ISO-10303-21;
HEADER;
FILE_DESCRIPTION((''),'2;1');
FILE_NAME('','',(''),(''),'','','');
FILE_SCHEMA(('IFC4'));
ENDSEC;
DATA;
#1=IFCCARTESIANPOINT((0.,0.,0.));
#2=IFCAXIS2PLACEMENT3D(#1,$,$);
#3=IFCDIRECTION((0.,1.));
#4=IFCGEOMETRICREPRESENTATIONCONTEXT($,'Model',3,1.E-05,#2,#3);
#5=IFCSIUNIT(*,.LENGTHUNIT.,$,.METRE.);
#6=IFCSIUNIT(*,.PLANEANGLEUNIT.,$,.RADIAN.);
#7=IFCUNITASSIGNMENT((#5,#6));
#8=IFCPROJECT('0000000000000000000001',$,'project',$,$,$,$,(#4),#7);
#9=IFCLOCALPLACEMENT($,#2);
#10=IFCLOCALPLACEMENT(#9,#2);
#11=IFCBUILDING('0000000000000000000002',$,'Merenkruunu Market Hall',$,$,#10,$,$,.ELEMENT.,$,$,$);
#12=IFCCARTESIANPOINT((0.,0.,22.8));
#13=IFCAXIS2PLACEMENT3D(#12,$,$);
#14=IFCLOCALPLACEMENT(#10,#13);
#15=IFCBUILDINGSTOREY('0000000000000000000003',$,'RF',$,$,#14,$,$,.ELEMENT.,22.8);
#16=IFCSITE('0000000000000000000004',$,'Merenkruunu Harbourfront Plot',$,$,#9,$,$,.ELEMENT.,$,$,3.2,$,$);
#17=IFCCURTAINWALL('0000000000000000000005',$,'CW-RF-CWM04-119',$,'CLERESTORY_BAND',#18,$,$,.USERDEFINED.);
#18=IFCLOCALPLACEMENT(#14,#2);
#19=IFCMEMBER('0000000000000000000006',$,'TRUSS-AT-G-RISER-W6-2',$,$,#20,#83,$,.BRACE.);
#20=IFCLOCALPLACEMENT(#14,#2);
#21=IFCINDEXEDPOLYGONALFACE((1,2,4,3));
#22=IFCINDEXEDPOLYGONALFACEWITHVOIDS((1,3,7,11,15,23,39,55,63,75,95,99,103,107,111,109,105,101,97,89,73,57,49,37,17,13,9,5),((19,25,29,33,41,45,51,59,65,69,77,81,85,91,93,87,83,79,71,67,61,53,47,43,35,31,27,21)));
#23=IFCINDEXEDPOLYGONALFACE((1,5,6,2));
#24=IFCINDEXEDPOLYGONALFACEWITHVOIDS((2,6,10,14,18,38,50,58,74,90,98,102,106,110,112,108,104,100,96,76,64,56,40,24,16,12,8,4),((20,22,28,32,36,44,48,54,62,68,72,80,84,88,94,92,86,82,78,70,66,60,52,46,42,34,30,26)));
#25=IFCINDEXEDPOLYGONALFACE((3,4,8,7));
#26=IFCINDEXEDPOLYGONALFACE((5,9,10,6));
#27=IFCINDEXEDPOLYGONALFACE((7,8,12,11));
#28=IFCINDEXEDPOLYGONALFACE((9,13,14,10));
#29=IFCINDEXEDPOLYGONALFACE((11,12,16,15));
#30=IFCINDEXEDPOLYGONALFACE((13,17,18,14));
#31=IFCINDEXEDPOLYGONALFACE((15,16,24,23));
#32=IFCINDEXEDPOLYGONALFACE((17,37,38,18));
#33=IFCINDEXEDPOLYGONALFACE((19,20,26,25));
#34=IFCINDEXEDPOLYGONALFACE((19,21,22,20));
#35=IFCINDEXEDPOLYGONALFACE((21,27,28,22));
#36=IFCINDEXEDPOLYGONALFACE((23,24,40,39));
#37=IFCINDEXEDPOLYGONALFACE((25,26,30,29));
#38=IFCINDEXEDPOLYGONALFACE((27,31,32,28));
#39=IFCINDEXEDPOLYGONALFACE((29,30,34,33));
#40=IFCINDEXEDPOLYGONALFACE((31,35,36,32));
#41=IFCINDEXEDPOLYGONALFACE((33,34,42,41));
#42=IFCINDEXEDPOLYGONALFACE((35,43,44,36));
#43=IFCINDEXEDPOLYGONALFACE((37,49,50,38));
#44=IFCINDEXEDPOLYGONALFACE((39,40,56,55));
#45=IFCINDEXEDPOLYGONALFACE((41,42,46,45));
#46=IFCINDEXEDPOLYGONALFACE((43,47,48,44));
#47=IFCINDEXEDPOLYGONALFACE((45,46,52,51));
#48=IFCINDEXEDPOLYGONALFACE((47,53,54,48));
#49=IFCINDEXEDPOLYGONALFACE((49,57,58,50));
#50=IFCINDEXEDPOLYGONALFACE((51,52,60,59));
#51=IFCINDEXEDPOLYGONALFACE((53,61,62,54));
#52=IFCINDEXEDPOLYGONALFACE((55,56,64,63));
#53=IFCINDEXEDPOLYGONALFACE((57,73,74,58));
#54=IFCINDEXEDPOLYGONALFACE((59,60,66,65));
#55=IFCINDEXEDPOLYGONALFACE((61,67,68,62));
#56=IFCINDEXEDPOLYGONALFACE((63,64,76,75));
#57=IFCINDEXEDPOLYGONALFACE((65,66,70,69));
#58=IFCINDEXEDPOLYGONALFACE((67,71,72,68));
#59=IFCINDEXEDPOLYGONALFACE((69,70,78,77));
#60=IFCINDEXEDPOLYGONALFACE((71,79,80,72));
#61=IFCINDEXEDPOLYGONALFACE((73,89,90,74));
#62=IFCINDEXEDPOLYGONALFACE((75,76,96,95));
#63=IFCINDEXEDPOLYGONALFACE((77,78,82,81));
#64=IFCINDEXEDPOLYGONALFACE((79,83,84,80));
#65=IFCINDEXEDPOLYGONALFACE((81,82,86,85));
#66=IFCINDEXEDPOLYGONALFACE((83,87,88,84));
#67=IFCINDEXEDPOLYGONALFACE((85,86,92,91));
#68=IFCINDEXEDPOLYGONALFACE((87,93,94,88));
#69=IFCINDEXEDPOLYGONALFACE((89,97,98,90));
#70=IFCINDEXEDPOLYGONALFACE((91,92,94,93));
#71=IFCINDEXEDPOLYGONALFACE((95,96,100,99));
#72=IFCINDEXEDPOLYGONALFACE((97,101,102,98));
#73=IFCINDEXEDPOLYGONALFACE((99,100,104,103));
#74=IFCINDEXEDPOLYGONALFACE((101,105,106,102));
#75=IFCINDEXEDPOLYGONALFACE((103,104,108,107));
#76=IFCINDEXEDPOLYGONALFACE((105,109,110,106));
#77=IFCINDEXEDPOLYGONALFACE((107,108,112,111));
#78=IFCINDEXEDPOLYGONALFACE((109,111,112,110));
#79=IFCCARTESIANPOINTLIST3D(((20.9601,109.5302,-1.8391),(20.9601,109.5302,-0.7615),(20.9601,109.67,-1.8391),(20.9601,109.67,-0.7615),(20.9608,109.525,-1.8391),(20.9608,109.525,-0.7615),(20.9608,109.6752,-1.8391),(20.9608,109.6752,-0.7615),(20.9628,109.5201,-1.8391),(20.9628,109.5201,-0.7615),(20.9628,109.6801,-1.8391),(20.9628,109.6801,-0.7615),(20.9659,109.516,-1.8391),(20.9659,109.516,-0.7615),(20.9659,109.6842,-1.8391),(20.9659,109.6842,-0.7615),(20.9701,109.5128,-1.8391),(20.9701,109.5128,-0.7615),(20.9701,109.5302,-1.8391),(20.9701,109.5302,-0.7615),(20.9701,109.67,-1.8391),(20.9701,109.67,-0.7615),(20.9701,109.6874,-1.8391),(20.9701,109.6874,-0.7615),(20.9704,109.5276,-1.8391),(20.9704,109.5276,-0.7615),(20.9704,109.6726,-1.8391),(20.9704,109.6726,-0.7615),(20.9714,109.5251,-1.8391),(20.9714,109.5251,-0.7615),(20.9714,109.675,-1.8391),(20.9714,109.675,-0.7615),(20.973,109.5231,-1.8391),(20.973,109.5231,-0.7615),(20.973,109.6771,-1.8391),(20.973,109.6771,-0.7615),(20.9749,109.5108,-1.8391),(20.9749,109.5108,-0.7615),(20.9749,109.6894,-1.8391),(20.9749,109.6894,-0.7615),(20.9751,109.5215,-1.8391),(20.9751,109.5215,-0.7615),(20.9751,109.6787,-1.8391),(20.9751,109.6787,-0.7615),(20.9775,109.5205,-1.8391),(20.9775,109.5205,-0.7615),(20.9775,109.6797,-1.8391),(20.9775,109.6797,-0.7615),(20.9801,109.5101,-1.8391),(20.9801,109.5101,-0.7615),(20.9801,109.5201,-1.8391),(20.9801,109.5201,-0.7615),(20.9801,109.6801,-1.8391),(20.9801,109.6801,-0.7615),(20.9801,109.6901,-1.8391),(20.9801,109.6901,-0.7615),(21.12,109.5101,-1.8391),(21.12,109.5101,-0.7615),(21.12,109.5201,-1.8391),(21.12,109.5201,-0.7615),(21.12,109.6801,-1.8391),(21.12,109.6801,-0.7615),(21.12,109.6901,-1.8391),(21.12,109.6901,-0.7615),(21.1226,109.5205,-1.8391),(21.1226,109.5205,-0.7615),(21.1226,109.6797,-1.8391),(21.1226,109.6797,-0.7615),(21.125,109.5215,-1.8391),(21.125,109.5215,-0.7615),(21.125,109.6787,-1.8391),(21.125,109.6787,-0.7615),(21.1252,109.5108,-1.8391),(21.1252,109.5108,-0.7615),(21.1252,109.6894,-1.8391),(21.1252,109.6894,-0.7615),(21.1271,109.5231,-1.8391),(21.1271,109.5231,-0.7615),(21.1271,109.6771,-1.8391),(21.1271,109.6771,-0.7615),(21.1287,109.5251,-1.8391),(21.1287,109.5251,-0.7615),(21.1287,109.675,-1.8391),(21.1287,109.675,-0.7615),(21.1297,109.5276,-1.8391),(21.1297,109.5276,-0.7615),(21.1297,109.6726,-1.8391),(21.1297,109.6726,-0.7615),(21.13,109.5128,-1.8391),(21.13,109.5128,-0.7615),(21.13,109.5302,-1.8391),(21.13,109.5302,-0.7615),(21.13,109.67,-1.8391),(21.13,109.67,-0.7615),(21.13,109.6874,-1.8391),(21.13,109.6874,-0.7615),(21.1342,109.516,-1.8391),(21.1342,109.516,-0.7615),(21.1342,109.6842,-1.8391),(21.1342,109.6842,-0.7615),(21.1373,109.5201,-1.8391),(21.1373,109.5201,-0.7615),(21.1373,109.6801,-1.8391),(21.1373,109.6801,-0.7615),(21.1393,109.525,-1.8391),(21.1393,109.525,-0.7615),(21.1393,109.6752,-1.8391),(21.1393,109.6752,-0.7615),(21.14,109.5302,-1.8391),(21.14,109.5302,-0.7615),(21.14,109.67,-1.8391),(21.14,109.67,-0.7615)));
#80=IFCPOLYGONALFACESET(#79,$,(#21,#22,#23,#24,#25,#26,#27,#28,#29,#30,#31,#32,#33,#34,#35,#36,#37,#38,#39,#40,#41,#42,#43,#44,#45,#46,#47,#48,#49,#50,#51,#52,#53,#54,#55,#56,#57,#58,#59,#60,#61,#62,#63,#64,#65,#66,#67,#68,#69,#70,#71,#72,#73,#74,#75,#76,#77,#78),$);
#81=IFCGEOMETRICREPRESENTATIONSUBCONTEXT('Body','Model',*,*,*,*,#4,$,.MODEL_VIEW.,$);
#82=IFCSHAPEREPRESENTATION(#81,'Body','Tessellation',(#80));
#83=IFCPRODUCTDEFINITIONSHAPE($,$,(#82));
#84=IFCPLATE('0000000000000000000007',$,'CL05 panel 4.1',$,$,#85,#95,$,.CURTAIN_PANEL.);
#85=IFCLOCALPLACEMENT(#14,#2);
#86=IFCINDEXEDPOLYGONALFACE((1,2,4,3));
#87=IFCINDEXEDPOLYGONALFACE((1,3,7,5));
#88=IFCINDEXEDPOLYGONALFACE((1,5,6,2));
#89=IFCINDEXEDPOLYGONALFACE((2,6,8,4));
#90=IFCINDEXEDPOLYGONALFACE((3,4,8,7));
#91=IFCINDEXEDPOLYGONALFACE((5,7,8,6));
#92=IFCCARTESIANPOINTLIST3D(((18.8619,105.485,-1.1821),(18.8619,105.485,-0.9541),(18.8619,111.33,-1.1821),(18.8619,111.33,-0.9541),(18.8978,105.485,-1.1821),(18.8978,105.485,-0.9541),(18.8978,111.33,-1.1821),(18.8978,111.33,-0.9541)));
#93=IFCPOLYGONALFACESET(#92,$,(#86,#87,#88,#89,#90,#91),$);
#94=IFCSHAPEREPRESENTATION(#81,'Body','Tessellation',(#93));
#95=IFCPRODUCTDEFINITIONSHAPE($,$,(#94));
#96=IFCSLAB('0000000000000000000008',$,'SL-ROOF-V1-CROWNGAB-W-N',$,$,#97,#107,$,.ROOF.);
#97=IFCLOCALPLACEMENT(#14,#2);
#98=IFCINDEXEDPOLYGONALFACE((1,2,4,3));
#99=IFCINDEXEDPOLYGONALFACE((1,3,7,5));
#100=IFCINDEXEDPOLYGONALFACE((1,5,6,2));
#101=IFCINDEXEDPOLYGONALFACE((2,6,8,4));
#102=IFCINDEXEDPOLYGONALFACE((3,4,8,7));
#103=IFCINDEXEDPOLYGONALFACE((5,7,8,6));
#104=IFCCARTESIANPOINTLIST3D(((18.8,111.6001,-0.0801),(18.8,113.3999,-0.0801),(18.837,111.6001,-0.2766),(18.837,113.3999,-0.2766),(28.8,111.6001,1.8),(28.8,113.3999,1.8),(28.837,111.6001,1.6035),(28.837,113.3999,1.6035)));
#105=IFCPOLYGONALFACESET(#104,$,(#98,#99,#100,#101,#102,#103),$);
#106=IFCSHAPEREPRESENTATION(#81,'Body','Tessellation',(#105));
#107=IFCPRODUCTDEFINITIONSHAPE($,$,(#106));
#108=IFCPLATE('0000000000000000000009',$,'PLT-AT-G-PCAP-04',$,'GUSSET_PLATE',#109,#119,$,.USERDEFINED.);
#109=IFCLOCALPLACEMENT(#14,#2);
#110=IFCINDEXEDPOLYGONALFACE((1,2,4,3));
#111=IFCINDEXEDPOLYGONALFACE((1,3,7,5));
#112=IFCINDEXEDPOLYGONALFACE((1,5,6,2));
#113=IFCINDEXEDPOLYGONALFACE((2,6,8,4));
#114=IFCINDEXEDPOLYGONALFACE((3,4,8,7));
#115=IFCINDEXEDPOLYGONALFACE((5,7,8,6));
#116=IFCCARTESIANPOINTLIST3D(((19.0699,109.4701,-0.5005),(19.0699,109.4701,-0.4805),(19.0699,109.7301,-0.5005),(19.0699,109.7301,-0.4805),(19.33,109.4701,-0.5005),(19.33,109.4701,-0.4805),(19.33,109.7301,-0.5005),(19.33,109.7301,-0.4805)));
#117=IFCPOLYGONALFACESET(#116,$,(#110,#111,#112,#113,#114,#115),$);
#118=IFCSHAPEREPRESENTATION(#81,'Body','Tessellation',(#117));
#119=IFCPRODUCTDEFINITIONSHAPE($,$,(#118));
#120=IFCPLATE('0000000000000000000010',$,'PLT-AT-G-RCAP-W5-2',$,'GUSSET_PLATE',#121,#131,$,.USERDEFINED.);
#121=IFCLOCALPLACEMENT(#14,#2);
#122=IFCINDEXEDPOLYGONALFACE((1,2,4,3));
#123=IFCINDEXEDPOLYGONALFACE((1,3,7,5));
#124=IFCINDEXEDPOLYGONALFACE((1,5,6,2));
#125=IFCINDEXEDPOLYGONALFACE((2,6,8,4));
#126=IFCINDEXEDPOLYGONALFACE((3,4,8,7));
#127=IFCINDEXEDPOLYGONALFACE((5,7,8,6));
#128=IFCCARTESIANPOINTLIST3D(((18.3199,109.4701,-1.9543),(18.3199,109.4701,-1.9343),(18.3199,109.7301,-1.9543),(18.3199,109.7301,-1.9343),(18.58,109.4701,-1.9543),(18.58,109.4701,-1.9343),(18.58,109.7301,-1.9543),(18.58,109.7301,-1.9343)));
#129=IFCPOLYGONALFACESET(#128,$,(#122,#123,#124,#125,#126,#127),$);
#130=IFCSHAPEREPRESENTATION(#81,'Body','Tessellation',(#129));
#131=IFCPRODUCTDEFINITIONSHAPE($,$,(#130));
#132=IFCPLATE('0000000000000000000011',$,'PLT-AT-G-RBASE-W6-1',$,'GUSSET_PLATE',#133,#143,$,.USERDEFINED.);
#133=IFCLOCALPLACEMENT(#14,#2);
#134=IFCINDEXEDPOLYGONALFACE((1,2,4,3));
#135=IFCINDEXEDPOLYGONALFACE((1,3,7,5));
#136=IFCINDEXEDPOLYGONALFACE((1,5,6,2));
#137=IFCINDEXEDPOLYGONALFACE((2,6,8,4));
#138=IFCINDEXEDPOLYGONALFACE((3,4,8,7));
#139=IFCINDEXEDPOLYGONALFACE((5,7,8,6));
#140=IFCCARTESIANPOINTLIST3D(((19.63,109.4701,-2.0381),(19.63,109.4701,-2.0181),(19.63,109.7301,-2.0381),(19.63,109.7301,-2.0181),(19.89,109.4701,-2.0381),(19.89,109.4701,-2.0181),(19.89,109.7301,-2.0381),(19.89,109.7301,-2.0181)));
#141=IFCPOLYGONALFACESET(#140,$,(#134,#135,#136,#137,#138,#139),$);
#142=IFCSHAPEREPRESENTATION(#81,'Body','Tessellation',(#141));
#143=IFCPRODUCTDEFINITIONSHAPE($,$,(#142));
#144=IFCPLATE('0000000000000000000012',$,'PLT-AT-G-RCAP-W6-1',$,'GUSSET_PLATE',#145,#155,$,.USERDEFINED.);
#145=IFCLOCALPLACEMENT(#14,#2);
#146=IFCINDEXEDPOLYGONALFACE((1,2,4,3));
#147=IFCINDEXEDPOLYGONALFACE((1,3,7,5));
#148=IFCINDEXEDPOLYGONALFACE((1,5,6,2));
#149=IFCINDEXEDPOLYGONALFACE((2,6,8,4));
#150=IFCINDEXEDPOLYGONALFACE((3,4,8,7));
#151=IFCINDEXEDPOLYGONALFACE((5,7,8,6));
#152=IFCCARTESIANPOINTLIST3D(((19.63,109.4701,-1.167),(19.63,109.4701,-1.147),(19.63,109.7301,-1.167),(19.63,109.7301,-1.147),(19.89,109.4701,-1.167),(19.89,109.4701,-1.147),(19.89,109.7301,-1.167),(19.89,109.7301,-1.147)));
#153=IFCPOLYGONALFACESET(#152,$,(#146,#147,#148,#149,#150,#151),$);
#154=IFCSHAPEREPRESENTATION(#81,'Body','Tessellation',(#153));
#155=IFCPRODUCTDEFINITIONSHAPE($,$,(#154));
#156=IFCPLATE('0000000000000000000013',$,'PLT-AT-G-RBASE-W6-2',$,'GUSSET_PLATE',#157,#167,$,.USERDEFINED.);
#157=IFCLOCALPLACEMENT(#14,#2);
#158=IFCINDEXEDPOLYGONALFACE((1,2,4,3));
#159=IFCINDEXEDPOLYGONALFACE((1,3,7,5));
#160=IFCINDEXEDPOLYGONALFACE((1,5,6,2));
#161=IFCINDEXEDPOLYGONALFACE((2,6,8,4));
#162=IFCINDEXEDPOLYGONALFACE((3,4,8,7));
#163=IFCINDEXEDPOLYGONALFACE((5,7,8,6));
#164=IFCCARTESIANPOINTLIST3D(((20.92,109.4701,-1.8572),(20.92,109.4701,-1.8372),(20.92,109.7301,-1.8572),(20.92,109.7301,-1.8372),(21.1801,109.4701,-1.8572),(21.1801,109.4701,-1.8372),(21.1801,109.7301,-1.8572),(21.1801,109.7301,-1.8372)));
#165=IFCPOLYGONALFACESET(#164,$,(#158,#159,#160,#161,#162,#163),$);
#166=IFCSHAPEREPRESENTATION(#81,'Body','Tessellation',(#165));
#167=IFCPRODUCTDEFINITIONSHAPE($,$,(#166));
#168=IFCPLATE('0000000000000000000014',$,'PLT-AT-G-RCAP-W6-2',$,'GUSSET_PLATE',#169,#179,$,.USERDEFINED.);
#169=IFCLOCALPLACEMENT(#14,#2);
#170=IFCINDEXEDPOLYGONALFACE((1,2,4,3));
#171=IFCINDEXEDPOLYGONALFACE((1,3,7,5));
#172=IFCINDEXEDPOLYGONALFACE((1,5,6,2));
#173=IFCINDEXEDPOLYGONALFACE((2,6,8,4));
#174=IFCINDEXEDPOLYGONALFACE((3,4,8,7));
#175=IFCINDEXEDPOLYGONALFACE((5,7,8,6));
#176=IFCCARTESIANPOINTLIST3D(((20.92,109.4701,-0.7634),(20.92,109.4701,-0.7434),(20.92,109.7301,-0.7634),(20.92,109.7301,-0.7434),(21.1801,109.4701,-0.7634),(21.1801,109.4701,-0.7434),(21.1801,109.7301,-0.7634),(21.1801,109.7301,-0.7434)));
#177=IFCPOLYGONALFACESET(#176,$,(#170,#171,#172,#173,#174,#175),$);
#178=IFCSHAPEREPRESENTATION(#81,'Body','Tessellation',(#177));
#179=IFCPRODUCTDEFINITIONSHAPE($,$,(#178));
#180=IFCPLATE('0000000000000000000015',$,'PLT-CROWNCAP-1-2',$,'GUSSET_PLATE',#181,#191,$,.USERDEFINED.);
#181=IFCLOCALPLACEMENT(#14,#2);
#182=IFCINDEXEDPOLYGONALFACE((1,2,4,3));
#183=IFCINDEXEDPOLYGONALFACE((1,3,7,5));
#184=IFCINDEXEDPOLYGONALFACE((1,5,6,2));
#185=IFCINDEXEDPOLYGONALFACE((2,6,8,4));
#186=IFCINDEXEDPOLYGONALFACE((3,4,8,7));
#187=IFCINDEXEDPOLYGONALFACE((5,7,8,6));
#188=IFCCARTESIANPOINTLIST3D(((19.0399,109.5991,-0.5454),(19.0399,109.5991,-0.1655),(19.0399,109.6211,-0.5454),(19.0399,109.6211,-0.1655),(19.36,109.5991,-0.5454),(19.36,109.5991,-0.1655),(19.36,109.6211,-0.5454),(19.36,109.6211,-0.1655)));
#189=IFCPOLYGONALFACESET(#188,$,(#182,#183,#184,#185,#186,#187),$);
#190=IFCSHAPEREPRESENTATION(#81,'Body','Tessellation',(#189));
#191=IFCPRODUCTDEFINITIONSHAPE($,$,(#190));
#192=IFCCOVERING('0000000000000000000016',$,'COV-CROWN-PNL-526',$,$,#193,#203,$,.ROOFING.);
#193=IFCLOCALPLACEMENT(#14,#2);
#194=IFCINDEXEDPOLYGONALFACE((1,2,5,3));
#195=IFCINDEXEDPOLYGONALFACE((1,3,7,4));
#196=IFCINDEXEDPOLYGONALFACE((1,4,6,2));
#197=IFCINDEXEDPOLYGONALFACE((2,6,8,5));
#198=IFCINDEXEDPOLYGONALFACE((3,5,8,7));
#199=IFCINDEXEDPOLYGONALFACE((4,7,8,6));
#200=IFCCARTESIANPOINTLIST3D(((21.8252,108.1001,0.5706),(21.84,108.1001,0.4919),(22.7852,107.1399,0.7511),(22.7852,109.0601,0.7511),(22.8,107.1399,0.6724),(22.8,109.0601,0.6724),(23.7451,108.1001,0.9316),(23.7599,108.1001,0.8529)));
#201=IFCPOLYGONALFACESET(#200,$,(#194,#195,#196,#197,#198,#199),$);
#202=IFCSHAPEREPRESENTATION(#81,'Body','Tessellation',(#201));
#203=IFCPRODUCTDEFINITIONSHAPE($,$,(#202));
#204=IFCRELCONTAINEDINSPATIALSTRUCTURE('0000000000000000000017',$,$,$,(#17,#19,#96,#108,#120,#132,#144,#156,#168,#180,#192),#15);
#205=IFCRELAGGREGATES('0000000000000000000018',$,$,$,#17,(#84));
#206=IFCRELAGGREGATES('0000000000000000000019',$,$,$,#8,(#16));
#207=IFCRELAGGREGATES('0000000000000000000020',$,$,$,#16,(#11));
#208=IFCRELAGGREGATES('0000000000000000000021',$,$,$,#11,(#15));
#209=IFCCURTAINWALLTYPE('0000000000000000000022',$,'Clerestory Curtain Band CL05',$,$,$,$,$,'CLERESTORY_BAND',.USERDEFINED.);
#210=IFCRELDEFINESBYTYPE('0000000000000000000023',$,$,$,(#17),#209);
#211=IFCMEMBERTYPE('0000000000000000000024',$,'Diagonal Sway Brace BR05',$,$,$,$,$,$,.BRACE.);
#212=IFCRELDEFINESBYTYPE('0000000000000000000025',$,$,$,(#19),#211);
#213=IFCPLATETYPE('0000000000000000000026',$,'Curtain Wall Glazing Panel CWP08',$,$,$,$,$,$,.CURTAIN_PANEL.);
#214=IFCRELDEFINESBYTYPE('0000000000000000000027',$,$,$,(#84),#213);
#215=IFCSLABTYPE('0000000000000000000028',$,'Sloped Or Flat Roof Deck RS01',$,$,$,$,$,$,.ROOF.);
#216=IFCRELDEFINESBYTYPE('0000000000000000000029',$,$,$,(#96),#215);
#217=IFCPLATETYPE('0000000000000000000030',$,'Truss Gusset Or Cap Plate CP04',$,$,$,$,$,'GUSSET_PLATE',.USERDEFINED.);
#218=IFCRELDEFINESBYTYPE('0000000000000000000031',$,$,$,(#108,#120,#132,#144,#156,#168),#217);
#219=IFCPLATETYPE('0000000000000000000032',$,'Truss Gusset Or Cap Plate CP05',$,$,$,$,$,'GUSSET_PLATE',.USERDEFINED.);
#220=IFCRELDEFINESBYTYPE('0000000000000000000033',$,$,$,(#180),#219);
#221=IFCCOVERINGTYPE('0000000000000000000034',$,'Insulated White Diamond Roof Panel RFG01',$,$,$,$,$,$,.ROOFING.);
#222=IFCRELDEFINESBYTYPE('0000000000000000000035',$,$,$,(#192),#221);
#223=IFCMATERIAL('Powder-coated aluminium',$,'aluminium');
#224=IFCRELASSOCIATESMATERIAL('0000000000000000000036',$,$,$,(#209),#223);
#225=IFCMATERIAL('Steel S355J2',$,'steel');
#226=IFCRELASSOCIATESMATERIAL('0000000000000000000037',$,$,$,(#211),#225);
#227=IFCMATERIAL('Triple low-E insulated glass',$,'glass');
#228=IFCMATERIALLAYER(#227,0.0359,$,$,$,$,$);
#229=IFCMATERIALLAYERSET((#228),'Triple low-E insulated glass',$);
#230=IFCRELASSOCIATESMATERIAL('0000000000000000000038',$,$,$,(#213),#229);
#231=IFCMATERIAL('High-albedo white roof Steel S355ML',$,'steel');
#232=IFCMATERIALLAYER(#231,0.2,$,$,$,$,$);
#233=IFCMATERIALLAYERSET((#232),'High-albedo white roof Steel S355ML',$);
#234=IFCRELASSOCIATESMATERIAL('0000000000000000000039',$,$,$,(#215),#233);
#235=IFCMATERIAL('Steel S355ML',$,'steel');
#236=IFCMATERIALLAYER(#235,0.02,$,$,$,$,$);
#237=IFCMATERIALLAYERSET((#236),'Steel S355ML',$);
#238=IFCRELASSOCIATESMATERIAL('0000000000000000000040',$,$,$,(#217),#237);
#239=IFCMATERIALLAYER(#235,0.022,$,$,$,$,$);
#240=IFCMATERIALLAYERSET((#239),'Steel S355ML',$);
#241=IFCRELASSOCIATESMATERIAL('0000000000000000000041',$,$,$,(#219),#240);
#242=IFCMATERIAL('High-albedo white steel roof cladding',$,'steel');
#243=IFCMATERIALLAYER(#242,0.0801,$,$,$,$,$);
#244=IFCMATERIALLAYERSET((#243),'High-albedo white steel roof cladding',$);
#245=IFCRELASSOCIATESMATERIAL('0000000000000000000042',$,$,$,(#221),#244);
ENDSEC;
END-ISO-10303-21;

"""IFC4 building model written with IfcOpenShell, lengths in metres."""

from ifc_helpers import new_model, si_unit, direction, frame, origin, origin_2d, place, context, subcontext, project, spatial, polyline, rectangle, hollow_rectangle, outline, extrude, material, layer, layer_set, material_profile, profile_set, type_object, element, aggregate, save


model = new_model("IFC4")

# Units and contexts
model_context = context("Model", 3, precision=1e-05, world=origin(), true_north=direction((0.0, 1.0)))
body_context = subcontext(model_context, "Body", "Model", "MODEL_VIEW")
ifc_project = project(units=[si_unit("LENGTHUNIT", "METRE"), si_unit("PLANEANGLEUNIT", "RADIAN")], contexts=[model_context])

# Site, building, storey
site_placement = place(None, origin())
site = spatial("IfcSite", under=ifc_project, at=site_placement, Name="Merenkruunu Harbourfront Plot", CompositionType="ELEMENT", RefElevation=3.2)
building_placement = place(site_placement, origin())
building = spatial("IfcBuilding", under=site, at=building_placement, Name="Merenkruunu Market Hall", CompositionType="ELEMENT")
storey_placement = place(building_placement, frame((0.0, 0.0, 22.8)))
storey = spatial("IfcBuildingStorey", under=building, at=storey_placement, Name="RF", CompositionType="ELEMENT", Elevation=22.8)

# Curtain wall
ifc_material_1 = material(Name="Powder-coated aluminium", Category="aluminium")
curtain_wall_type_1 = type_object("IfcCurtainWallType", Name="Clerestory Curtain Band CL05", ElementType="CLERESTORY_BAND", PredefinedType="USERDEFINED", material=ifc_material_1)
curtain_wall_1_placement = place(storey_placement, origin())
curtain_wall_1 = element("IfcCurtainWall", 1, at=curtain_wall_1_placement, inside=storey, type_object=curtain_wall_type_1, Name="CW-RF-CWM04-119", ObjectType="CLERESTORY_BAND", PredefinedType="USERDEFINED")

# Member
ifc_material_2 = material(Name="Steel S355J2", Category="steel")
ifc_material_profile_1 = material_profile(ifc_material_2, hollow_rectangle(XDim=0.1799, YDim=0.1799, WallThickness=0.01, InnerFilletRadius=0.01, OuterFilletRadius=0.02, at=origin_2d()), Name="SHS 180x180x10")
ifc_profile_set_1 = profile_set([ifc_material_profile_1], Name="Steel S355J2")
member_type_1 = type_object("IfcMemberType", Name="Diagonal Sway Brace BR05", PredefinedType="BRACE", material=ifc_profile_set_1)
member_1_placement = place(storey_placement, frame((21.05, 109.6001, -1.8391), z_axis=(0.0, 0.0, 1.0), x_axis=(1.0, 0.0, 0.0)))
element("IfcMember", 2, at=member_1_placement, inside=storey, type_object=member_type_1, Name="TRUSS-AT-G-RISER-W6-2", PredefinedType="BRACE", context=body_context, shape_type="SweptSolid", body=[
    extrude(hollow_rectangle(XDim=0.1799, YDim=0.1799, WallThickness=0.01, InnerFilletRadius=0.01, OuterFilletRadius=0.02, at=origin_2d()), origin(), (0.0, 0.0, 1.0), 1.0776),
])

# Plate
ifc_material_3 = material(Name="Triple low-E insulated glass", Category="glass")
ifc_layer_1 = layer(ifc_material_3, 0.0359)
ifc_layer_set_1 = layer_set([ifc_layer_1], Name="Triple low-E insulated glass")
plate_type_1 = type_object("IfcPlateType", Name="Curtain Wall Glazing Panel CWP08", PredefinedType="CURTAIN_PANEL", material=ifc_layer_set_1)
plate_1_placement = place(storey_placement, frame((18.8799, 108.4075, -1.1821), z_axis=(0.0, 0.0, 1.0), x_axis=(0.0, 1.0, 0.0)))
plate_1 = element("IfcPlate", 3, at=plate_1_placement, type_object=plate_type_1, Name="CL05 panel 4.1", PredefinedType="CURTAIN_PANEL", context=body_context, shape_type="SweptSolid", body=[
    extrude(rectangle(XDim=5.845, YDim=0.0359, at=origin_2d()), origin(), (0.0, 0.0, 1.0), 0.228),
])
aggregate(curtain_wall_1, [plate_1])

# Slab
ifc_material_4 = material(Name="High-albedo white roof Steel S355ML", Category="steel")
ifc_layer_2 = layer(ifc_material_4, 0.2)
ifc_layer_set_2 = layer_set([ifc_layer_2], Name="High-albedo white roof Steel S355ML")
slab_type = type_object("IfcSlabType", Name="Sloped Or Flat Roof Deck RS01", PredefinedType="ROOF", material=ifc_layer_set_2)
slab_placement = place(storey_placement, frame((18.8, 111.6001, -0.0801), z_axis=(-0.184775, 0.0, 0.982781), x_axis=(0.982781, 0.0, 0.184775)))
element("IfcSlab", 4, at=slab_placement, inside=storey, type_object=slab_type, Name="SL-ROOF-V1-CROWNGAB-W-N", PredefinedType="ROOF", context=body_context, shape_type="SweptSolid", body=[
    extrude(outline(polyline([(0.0, 0.0), (10.1752, 0.0), (10.1752, 1.7998), (0.0, 1.7998), (0.0, 0.0)])), origin(), (0.0, 0.0, -1.0), 0.2),
])

# Plates
ifc_material_5 = material(Name="Steel S355ML", Category="steel")
ifc_layer_3 = layer(ifc_material_5, 0.02)
ifc_layer_set_3 = layer_set([ifc_layer_3], Name="Steel S355ML")
plate_type_2 = type_object("IfcPlateType", Name="Truss Gusset Or Cap Plate CP04", ElementType="GUSSET_PLATE", PredefinedType="USERDEFINED", material=ifc_layer_set_3)
for number, where, z_axis, x_axis, name in (
    (5, (19.2, 109.6001, -0.5005), (0.0, 0.0, 1.0), (1.0, 0.0, 0.0), "PLT-AT-G-PCAP-04"),
    (6, (18.45, 109.6001, -1.9543), (0.0, 0.0, 1.0), (1.0, 0.0, 0.0), "PLT-AT-G-RCAP-W5-2"),
    (7, (19.76, 109.6001, -2.0381), (0.0, 0.0, 1.0), (1.0, 0.0, 0.0), "PLT-AT-G-RBASE-W6-1"),
    (8, (19.76, 109.6001, -1.167), (0.0, 0.0, 1.0), (1.0, 0.0, 0.0), "PLT-AT-G-RCAP-W6-1"),
    (9, (21.05, 109.6001, -1.8572), (0.0, 0.0, 1.0), (1.0, 0.0, 0.0), "PLT-AT-G-RBASE-W6-2"),
    (10, (21.05, 109.6001, -0.7634), (0.0, 0.0, 1.0), (1.0, 0.0, 0.0), "PLT-AT-G-RCAP-W6-2"),
):
    element("IfcPlate", number, at=place(storey_placement, frame(where, z_axis=z_axis, x_axis=x_axis)), inside=storey, type_object=plate_type_2, Name=name, ObjectType="GUSSET_PLATE", PredefinedType="USERDEFINED", context=body_context, shape_type="SweptSolid", body=[
        extrude(rectangle(XDim=0.26, YDim=0.26, at=origin_2d()), origin(), (0.0, 0.0, 1.0), 0.02),
    ])
ifc_layer_4 = layer(ifc_material_5, 0.022)
ifc_layer_set_4 = layer_set([ifc_layer_4], Name="Steel S355ML")
plate_type_3 = type_object("IfcPlateType", Name="Truss Gusset Or Cap Plate CP05", ElementType="GUSSET_PLATE", PredefinedType="USERDEFINED", material=ifc_layer_set_4)
plate_2_placement = place(storey_placement, frame((19.2, 109.6101, -0.5454), z_axis=(0.0, 0.0, 1.0), x_axis=(1.0, 0.0, 0.0)))
element("IfcPlate", 11, at=plate_2_placement, inside=storey, type_object=plate_type_3, Name="PLT-CROWNCAP-1-2", ObjectType="GUSSET_PLATE", PredefinedType="USERDEFINED", context=body_context, shape_type="SweptSolid", body=[
    extrude(rectangle(XDim=0.3201, YDim=0.022, at=origin_2d()), origin(), (0.0, 0.0, 1.0), 0.3799),
])

# Covering
ifc_material_6 = material(Name="High-albedo white steel roof cladding", Category="steel")
ifc_layer_5 = layer(ifc_material_6, 0.0801)
ifc_layer_set_5 = layer_set([ifc_layer_5], Name="High-albedo white steel roof cladding")
covering_type_1 = type_object("IfcCoveringType", Name="Insulated White Diamond Roof Panel RFG01", PredefinedType="ROOFING", material=ifc_layer_set_5)
for number, where, z_axis, x_axis, name in (
    (12, (21.8252, 108.1001, 0.5706), (-0.184832, 0.0, 0.98277), (0.700856, -0.701018, 0.131812), "COV-CROWN-PNL-526"),
):
    element("IfcCovering", number, at=place(storey_placement, frame(where, z_axis=z_axis, x_axis=x_axis)), inside=storey, type_object=covering_type_1, Name=name, PredefinedType="ROOFING", context=body_context, shape_type="SweptSolid", body=[
        extrude(outline(polyline([(0.0, 0.0), (1.3697, 0.0), (1.3932, 1.3695), (0.0237, 1.3694), (0.0, 0.0)])), origin(), (0.0, 0.0, -1.0), 0.0801),
    ])

save(model, "model.ifc")
